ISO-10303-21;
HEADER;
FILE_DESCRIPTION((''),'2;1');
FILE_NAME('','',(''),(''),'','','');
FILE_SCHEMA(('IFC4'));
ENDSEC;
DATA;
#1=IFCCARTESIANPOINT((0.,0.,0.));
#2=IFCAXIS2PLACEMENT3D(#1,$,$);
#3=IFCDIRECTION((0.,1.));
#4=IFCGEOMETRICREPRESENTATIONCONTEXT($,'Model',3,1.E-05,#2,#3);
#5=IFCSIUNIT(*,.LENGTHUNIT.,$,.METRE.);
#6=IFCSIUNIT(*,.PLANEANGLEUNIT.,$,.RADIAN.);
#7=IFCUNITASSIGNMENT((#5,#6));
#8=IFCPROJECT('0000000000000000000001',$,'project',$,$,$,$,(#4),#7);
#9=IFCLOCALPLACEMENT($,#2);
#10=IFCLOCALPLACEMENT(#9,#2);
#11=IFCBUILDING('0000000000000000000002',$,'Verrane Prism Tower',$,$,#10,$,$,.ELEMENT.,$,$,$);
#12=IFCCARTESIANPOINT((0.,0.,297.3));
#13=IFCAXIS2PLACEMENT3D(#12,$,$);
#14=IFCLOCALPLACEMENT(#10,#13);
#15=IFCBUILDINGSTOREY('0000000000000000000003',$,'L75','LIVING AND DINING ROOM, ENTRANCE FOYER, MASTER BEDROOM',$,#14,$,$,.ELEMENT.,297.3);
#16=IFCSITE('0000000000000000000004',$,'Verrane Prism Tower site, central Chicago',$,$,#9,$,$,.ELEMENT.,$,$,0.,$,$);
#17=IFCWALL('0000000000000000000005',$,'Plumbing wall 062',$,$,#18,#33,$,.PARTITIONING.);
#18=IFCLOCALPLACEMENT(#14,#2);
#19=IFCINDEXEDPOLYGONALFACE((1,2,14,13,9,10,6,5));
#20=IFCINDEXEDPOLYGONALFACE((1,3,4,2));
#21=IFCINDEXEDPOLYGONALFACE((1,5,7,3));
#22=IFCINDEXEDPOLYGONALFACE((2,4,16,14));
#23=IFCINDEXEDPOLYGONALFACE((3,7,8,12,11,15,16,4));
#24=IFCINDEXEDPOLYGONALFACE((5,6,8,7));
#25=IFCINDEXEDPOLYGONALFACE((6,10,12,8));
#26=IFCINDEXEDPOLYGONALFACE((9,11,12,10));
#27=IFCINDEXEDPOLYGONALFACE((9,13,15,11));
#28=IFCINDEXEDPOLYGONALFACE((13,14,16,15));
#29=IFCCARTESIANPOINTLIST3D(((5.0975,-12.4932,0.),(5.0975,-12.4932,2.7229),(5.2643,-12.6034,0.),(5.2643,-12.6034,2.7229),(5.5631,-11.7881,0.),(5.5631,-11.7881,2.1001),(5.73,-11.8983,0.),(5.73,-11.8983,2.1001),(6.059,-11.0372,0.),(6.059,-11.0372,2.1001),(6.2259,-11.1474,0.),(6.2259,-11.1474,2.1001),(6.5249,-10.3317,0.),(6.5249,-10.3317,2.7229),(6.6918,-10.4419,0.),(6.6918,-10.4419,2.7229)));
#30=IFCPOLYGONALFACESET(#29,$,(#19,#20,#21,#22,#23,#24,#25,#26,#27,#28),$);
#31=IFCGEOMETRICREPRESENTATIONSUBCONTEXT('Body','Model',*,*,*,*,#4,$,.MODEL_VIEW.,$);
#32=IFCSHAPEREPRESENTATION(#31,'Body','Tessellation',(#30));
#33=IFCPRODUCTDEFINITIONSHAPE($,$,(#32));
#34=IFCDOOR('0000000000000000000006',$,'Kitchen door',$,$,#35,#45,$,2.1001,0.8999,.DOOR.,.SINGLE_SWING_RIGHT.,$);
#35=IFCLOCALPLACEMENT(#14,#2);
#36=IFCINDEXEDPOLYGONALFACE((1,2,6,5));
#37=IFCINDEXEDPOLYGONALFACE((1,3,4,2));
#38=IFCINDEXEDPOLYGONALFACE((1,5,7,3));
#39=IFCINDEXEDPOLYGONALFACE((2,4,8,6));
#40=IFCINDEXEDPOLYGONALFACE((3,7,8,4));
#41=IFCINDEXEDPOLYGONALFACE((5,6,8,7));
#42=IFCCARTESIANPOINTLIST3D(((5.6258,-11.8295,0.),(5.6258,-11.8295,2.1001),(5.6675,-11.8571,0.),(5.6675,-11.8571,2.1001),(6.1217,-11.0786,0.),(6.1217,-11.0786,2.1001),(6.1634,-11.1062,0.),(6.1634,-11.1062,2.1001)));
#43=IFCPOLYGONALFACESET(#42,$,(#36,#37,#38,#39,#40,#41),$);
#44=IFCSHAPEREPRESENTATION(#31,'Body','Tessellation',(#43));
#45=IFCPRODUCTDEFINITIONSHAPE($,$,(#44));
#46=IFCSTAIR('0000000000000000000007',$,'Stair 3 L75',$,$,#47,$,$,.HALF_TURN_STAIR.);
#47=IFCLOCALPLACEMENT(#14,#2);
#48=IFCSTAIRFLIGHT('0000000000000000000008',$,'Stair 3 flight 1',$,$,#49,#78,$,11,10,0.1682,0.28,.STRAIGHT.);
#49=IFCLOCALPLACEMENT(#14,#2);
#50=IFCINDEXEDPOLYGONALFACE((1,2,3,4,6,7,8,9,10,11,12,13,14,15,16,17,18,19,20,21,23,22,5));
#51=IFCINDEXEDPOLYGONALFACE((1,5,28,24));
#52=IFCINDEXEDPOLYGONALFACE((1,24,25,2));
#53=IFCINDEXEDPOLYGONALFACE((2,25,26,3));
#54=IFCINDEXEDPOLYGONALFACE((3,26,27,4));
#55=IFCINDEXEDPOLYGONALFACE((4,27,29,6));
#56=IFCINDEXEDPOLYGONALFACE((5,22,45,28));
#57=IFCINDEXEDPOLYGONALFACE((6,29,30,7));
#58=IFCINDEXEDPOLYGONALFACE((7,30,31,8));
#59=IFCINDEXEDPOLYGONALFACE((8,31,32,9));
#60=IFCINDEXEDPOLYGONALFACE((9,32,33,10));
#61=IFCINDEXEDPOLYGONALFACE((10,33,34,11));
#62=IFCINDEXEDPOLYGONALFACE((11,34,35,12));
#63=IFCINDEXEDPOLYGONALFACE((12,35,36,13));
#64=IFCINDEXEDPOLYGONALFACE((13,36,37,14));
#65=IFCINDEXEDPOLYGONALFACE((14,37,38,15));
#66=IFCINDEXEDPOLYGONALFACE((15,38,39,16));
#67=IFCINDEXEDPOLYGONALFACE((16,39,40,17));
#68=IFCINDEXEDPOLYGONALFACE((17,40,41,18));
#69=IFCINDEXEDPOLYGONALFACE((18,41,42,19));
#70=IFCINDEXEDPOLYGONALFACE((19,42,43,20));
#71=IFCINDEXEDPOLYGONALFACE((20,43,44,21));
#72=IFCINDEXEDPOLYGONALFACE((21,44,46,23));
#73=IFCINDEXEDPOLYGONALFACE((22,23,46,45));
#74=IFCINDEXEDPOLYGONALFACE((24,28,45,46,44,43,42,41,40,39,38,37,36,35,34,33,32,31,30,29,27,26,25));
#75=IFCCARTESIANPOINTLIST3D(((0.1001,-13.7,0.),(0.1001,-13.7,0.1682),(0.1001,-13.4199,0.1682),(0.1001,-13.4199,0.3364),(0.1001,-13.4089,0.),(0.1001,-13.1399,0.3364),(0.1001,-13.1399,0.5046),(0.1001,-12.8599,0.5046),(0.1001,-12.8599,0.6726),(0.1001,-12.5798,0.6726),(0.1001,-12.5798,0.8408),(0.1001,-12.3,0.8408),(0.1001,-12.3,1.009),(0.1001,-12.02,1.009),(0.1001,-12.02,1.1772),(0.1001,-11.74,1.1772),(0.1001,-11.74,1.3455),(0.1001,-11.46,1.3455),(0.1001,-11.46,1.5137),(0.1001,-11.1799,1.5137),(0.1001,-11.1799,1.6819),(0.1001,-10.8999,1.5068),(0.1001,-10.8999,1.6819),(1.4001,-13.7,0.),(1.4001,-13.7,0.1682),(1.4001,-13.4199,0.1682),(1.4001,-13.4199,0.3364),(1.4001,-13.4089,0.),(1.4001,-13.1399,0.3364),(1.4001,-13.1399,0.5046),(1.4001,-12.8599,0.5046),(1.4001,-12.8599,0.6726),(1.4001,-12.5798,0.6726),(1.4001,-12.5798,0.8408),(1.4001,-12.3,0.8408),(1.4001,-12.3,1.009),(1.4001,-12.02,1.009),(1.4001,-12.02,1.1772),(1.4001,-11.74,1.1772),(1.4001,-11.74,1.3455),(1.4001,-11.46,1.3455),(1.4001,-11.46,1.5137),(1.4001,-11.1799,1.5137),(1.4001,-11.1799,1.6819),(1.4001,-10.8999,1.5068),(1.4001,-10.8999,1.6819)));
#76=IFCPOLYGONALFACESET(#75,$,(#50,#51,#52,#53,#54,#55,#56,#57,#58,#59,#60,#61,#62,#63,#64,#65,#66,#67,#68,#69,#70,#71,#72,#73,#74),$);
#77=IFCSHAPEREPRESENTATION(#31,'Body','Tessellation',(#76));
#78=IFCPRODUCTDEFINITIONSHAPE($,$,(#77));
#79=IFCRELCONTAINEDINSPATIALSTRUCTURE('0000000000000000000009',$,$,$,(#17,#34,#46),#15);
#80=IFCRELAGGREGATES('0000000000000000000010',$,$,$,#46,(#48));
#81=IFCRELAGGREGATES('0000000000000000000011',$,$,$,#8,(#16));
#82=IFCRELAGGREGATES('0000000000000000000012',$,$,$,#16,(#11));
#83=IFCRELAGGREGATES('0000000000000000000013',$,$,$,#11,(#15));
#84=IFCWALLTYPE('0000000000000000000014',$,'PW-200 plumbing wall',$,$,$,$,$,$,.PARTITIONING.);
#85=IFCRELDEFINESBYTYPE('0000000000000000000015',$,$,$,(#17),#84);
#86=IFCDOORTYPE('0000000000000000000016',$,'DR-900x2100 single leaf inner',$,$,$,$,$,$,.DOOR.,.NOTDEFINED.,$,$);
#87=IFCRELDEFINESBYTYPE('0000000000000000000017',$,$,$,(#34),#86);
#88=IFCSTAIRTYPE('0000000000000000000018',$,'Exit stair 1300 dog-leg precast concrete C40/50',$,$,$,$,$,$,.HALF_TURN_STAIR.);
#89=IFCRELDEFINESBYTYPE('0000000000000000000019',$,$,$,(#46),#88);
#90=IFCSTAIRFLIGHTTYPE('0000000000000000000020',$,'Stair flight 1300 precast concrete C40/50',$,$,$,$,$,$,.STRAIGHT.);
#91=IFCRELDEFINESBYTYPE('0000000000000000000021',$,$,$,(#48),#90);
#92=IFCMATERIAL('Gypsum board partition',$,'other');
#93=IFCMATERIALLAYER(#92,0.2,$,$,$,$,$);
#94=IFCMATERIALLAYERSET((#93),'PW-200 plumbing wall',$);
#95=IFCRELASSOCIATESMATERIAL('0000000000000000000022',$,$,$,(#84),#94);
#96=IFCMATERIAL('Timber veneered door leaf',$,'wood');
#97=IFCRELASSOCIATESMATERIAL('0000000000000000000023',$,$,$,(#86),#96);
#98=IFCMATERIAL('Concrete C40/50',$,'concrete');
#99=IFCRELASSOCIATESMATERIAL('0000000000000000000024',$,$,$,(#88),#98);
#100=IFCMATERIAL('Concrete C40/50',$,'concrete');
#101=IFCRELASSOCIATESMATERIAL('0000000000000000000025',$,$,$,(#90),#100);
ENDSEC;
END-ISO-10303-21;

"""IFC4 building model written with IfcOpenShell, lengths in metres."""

from ifc_helpers import new_model, si_unit, direction, frame, frame_2d, origin, place, context, subcontext, project, spatial, polyline, rectangle, outline, extrude, material, layer, layer_set, type_object, element, fill, aggregate, save


model = new_model("IFC4")

# Units and contexts
model_context = context("Model", 3, precision=1e-05, world=origin(), true_north=direction((0.0, 1.0)))
body_context = subcontext(model_context, "Body", "Model", "MODEL_VIEW")
ifc_project = project(units=[si_unit("LENGTHUNIT", "METRE"), si_unit("PLANEANGLEUNIT", "RADIAN")], contexts=[model_context])

# Site, building, storey
site_placement = place(None, origin())
site = spatial("IfcSite", under=ifc_project, at=site_placement, Name="Verrane Prism Tower site, central Chicago", CompositionType="ELEMENT", RefElevation=0.0)
building_placement = place(site_placement, origin())
building = spatial("IfcBuilding", under=site, at=building_placement, Name="Verrane Prism Tower", CompositionType="ELEMENT")
storey_placement = place(building_placement, frame((0.0, 0.0, 297.3)))
storey = spatial("IfcBuildingStorey", under=building, at=storey_placement, Name="L75", Description="LIVING AND DINING ROOM, ENTRANCE FOYER, MASTER BEDROOM", CompositionType="ELEMENT", Elevation=297.3)

# Shared definitions
ifc_material_1 = material(Name="Gypsum board partition", Category="other")
ifc_layer_1 = layer(ifc_material_1, 0.2)
ifc_layer_set_1 = layer_set([ifc_layer_1], Name="PW-200 plumbing wall")
wall_type_1 = type_object("IfcWallType", Name="PW-200 plumbing wall", PredefinedType="PARTITIONING", material=ifc_layer_set_1)

# Wall, opening, door
wall_1_placement = place(storey_placement, frame((5.1809, -12.5483, 0.0), z_axis=(0.0, 0.0, 1.0), x_axis=(0.551063, 0.834464, 0.0)))
wall_1 = element("IfcWall", 1, at=wall_1_placement, inside=storey, type_object=wall_type_1, Name="Plumbing wall 062", PredefinedType="PARTITIONING", context=body_context, shape_type="SweptSolid", body=[
    extrude(rectangle(XDim=2.5903, YDim=0.2, at=frame_2d((1.2952, 0.0))), origin(), (0.0, 0.0, 1.0), 2.7229),
])
opening_1_placement = place(wall_1_placement, frame((0.845, 0.0, 0.0)))
opening_1 = element("IfcOpeningElement", 2, at=opening_1_placement, cuts=wall_1, PredefinedType="OPENING", context=body_context, shape_type="SweptSolid", body=[
    extrude(rectangle(XDim=0.8999, YDim=2.1001, at=frame_2d((0.45, 1.05))), frame((0.0, 0.1099, 0.0), z_axis=(0.0, -1.0, 0.0), x_axis=(1.0, 0.0, 0.0)), (0.0, 0.0, 1.0), 0.22),
])
ifc_material_2 = material(Name="Timber veneered door leaf", Category="wood")
door_type_1 = type_object("IfcDoorType", Name="DR-900x2100 single leaf inner", OperationType="NOTDEFINED", PredefinedType="DOOR", material=ifc_material_2)
door_1_placement = place(opening_1_placement, origin())
door_1 = element("IfcDoor", 3, at=door_1_placement, inside=storey, type_object=door_type_1, Name="Kitchen door", OperationType="SINGLE_SWING_RIGHT", OverallHeight=2.1001, OverallWidth=0.8999, PredefinedType="DOOR", context=body_context, shape_type="SweptSolid", body=[
    extrude(rectangle(XDim=0.8999, YDim=2.1001, at=frame_2d((0.45, 1.05))), frame((0.0, 0.0249, 0.0), z_axis=(0.0, -1.0, 0.0), x_axis=(1.0, 0.0, 0.0)), (0.0, 0.0, 1.0), 0.05),
])
fill(opening_1, door_1)

# Stair, stair flight
ifc_material_3 = material(Name="Concrete C40/50", Category="concrete")
stair_type = type_object("IfcStairType", Name="Exit stair 1300 dog-leg precast concrete C40/50", PredefinedType="HALF_TURN_STAIR", material=ifc_material_3)
stair_placement = place(storey_placement, origin())
stair = element("IfcStair", 4, at=stair_placement, inside=storey, type_object=stair_type, Name="Stair 3 L75", PredefinedType="HALF_TURN_STAIR")
ifc_material_4 = material(Name="Concrete C40/50", Category="concrete")
stair_flight_type = type_object("IfcStairFlightType", Name="Stair flight 1300 precast concrete C40/50", PredefinedType="STRAIGHT", material=ifc_material_4)
stair_flight_placement = place(storey_placement, frame((0.75, -13.7, 0.0), z_axis=(0.0, 0.0, 1.0), x_axis=(0.0, 1.0, 0.0)))
stair_flight = element("IfcStairFlight", 5, at=stair_flight_placement, type_object=stair_flight_type, Name="Stair 3 flight 1", NumberOfRisers=11, NumberOfTreads=10, PredefinedType="STRAIGHT", RiserHeight=0.1682, TreadLength=0.28, context=body_context, shape_type="SweptSolid", body=[
    extrude(outline(polyline([(0.0, 0.0), (0.0, 0.1682), (0.28, 0.1682), (0.28, 0.3364), (0.5601, 0.3364), (0.5601, 0.5046), (0.8401, 0.5046), (0.8401, 0.6726), (1.1201, 0.6726), (1.1201, 0.8408), (1.3999, 0.8408), (1.3999, 1.009), (1.6799, 1.009), (1.6799, 1.1772), (1.96, 1.1772), (1.96, 1.3455), (2.24, 1.3455), (2.24, 1.5137), (2.52, 1.5137), (2.52, 1.6819), (2.8, 1.6819), (2.8, 1.8501), (2.8, 1.5068), (0.291, 0.0), (0.0, 0.0)])), frame((0.0, 0.6499, 0.0), z_axis=(0.0, -1.0, 0.0), x_axis=(1.0, 0.0, 0.0)), (0.0, 0.0, 1.0), 1.3),
])
aggregate(stair, [stair_flight])

save(model, "model.ifc")
